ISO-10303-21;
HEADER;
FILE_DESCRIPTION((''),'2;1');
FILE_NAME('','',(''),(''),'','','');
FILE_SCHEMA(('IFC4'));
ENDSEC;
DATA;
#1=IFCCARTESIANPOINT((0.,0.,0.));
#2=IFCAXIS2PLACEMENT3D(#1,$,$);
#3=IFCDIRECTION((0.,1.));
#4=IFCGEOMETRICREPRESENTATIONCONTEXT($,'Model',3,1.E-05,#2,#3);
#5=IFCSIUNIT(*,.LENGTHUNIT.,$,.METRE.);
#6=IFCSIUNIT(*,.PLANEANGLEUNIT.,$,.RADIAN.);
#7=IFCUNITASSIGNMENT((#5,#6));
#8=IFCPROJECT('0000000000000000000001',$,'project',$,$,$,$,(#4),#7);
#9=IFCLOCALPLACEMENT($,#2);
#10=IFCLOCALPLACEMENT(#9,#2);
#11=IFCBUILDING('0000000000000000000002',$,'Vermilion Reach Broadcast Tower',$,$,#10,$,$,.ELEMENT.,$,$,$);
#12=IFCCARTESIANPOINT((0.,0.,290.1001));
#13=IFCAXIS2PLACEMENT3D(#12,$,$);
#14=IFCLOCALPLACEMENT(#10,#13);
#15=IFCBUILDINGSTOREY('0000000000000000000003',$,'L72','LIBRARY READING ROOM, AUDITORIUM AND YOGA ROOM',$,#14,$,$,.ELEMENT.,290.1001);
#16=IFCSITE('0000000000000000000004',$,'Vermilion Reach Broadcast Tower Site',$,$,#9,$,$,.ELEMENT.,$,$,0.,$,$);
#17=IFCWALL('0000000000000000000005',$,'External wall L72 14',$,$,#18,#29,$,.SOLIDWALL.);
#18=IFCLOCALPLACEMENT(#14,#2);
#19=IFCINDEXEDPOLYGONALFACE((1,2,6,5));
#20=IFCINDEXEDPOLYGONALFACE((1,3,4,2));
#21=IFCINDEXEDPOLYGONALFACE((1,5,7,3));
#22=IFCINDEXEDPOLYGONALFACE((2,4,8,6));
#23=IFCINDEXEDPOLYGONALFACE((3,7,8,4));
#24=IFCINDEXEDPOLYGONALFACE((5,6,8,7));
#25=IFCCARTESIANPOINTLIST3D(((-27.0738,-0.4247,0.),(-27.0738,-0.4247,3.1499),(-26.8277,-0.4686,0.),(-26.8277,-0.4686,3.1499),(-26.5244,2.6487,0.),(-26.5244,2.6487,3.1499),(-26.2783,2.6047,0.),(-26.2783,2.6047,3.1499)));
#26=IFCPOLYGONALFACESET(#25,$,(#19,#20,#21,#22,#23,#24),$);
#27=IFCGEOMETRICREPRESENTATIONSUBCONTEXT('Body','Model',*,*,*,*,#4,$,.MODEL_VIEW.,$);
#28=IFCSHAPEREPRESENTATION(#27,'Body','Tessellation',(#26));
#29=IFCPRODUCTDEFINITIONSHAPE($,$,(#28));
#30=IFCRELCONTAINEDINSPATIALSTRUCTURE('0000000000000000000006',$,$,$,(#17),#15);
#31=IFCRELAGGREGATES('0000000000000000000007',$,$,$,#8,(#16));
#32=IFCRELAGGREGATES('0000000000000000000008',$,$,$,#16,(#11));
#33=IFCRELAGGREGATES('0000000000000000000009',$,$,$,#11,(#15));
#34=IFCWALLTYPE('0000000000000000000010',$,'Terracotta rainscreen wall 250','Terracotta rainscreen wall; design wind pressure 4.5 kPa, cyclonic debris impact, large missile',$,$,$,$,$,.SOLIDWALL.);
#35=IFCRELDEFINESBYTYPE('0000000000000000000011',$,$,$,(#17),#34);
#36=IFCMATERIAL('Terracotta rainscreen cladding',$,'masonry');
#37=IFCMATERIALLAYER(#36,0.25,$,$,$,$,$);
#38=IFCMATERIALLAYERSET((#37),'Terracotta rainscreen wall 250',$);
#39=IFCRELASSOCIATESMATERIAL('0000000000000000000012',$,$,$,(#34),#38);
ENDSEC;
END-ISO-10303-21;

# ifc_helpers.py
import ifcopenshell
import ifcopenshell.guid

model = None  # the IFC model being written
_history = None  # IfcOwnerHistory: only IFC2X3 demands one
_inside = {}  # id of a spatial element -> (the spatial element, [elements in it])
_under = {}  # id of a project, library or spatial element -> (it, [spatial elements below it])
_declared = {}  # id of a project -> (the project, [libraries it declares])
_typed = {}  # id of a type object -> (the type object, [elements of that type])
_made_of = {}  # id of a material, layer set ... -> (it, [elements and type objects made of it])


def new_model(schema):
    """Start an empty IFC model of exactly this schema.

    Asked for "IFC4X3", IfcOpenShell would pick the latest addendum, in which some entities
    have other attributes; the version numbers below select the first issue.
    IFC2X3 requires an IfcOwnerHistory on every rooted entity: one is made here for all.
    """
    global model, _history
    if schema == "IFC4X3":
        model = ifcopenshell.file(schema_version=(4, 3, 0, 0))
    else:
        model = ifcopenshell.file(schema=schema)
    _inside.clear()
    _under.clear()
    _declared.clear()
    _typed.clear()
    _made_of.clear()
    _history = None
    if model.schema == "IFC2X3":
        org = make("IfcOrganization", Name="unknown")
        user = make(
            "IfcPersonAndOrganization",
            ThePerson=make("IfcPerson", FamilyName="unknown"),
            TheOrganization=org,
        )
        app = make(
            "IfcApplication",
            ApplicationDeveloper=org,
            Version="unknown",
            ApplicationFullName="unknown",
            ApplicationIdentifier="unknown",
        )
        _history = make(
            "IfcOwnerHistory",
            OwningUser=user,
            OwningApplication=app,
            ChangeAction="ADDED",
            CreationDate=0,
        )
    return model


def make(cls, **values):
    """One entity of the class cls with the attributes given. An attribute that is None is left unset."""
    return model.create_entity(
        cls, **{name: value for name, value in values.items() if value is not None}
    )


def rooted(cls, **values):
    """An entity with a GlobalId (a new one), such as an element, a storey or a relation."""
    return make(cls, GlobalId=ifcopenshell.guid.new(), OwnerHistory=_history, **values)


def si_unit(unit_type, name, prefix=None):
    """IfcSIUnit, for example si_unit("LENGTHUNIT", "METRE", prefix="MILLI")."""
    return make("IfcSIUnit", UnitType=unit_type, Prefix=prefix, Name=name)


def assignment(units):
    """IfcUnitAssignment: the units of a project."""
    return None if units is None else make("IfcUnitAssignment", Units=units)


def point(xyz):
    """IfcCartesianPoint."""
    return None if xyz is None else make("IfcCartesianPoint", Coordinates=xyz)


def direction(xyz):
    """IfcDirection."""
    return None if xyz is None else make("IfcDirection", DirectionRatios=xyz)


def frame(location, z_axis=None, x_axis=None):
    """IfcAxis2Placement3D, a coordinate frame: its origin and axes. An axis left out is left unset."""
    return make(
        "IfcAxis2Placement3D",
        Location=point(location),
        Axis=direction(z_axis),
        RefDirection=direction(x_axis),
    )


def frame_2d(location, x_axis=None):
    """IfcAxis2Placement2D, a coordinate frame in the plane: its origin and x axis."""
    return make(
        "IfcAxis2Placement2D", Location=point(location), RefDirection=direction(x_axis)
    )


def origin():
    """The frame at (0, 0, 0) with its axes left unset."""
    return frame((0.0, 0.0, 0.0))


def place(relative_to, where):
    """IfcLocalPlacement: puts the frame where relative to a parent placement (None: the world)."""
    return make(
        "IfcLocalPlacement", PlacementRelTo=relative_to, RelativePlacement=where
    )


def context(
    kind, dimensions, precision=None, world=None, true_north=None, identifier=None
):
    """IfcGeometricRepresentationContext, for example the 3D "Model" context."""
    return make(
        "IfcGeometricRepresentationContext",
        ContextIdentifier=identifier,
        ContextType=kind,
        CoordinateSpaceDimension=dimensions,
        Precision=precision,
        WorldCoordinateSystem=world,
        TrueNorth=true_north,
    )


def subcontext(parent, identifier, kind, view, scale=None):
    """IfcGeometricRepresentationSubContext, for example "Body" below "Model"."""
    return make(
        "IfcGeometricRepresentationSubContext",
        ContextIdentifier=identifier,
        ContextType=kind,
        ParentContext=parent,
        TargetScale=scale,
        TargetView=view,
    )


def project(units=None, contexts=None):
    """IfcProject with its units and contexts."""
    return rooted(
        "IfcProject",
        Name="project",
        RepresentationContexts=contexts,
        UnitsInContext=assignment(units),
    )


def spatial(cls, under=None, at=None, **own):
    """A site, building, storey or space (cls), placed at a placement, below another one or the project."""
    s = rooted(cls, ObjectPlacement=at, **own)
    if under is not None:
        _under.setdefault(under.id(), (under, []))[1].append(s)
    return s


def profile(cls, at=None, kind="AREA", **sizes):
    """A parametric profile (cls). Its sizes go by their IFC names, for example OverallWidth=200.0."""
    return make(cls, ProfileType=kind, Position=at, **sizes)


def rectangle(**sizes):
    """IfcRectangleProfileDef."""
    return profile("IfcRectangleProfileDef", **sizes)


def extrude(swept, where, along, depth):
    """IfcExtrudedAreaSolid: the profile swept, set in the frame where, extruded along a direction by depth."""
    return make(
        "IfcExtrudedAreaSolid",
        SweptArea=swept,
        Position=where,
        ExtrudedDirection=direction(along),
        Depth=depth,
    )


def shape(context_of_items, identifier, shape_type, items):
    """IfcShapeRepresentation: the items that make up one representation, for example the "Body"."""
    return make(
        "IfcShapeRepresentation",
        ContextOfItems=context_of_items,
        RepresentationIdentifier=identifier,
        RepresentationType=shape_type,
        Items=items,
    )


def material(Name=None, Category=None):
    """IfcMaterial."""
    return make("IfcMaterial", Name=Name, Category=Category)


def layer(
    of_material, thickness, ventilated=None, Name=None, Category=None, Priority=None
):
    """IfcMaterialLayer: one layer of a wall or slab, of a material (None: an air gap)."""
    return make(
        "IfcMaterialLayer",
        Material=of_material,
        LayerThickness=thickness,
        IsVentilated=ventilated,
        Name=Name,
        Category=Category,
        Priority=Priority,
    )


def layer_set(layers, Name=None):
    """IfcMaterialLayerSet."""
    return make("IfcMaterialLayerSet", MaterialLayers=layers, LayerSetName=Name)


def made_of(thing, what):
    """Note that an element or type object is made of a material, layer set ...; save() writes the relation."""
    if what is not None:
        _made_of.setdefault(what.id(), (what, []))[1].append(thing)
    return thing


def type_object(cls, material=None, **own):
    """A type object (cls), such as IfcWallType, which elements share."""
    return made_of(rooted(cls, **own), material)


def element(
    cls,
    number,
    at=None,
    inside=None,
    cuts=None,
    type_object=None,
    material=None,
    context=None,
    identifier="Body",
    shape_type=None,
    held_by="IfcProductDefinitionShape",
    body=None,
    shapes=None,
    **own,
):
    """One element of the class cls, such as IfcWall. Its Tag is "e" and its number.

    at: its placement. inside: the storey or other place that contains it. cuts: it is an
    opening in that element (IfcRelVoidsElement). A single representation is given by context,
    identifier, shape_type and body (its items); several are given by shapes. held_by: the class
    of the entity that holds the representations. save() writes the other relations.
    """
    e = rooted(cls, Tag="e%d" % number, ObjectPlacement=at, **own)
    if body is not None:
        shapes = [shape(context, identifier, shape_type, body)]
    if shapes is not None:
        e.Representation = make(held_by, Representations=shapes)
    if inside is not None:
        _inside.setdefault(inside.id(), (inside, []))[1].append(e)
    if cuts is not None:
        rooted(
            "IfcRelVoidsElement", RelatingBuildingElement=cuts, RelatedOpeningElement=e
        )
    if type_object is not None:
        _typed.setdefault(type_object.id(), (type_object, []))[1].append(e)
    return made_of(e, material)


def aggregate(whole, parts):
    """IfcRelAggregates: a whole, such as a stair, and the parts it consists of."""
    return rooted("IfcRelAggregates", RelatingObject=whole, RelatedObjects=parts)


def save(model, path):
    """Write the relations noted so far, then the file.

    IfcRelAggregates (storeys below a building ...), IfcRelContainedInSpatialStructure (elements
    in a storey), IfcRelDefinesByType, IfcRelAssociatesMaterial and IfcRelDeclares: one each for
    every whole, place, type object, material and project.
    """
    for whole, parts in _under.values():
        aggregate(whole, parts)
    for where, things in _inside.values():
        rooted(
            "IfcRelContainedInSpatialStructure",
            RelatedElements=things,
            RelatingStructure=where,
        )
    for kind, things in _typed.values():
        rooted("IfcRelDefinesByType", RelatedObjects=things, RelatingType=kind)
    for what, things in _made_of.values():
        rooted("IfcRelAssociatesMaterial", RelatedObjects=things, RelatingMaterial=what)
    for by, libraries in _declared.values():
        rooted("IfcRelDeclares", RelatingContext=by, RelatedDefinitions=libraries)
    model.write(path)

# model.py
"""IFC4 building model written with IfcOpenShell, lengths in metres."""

from ifc_helpers import new_model, si_unit, direction, frame, frame_2d, origin, place, context, subcontext, project, spatial, rectangle, extrude, material, layer, layer_set, type_object, element, save


model = new_model("IFC4")

# Units and contexts
model_context = context("Model", 3, precision=1e-05, world=origin(), true_north=direction((0.0, 1.0)))
body_context = subcontext(model_context, "Body", "Model", "MODEL_VIEW")
ifc_project = project(units=[si_unit("LENGTHUNIT", "METRE"), si_unit("PLANEANGLEUNIT", "RADIAN")], contexts=[model_context])

# Site, building, storey
site_placement = place(None, origin())
site = spatial("IfcSite", under=ifc_project, at=site_placement, Name="Vermilion Reach Broadcast Tower Site", CompositionType="ELEMENT", RefElevation=0.0)
building_placement = place(site_placement, origin())
building = spatial("IfcBuilding", under=site, at=building_placement, Name="Vermilion Reach Broadcast Tower", CompositionType="ELEMENT")
storey_placement = place(building_placement, frame((0.0, 0.0, 290.1001)))
storey = spatial("IfcBuildingStorey", under=building, at=storey_placement, Name="L72", Description="LIBRARY READING ROOM, AUDITORIUM AND YOGA ROOM", CompositionType="ELEMENT", Elevation=290.1001)

# Wall
ifc_material_1 = material(Name="Terracotta rainscreen cladding", Category="masonry")
ifc_layer_1 = layer(ifc_material_1, 0.25)
ifc_layer_set_1 = layer_set([ifc_layer_1], Name="Terracotta rainscreen wall 250")
wall_type_1 = type_object("IfcWallType", Name="Terracotta rainscreen wall 250", Description="Terracotta rainscreen wall; design wind pressure 4.5 kPa, cyclonic debris impact, large missile", PredefinedType="SOLIDWALL", material=ifc_layer_set_1)
wall_1_placement = place(storey_placement, frame((-26.4014, 2.6267, 0.0), z_axis=(0.0, 0.0, 1.0), x_axis=(-0.175953, -0.984399, 0.0)))
element("IfcWall", 1, at=wall_1_placement, inside=storey, type_object=wall_type_1, Name="External wall L72 14", PredefinedType="SOLIDWALL", context=body_context, shape_type="SweptSolid", body=[
    extrude(rectangle(XDim=3.1221, YDim=0.25, at=frame_2d((1.561, 0.0))), origin(), (0.0, 0.0, 1.0), 3.1499),
])

save(model, "model.ifc")
